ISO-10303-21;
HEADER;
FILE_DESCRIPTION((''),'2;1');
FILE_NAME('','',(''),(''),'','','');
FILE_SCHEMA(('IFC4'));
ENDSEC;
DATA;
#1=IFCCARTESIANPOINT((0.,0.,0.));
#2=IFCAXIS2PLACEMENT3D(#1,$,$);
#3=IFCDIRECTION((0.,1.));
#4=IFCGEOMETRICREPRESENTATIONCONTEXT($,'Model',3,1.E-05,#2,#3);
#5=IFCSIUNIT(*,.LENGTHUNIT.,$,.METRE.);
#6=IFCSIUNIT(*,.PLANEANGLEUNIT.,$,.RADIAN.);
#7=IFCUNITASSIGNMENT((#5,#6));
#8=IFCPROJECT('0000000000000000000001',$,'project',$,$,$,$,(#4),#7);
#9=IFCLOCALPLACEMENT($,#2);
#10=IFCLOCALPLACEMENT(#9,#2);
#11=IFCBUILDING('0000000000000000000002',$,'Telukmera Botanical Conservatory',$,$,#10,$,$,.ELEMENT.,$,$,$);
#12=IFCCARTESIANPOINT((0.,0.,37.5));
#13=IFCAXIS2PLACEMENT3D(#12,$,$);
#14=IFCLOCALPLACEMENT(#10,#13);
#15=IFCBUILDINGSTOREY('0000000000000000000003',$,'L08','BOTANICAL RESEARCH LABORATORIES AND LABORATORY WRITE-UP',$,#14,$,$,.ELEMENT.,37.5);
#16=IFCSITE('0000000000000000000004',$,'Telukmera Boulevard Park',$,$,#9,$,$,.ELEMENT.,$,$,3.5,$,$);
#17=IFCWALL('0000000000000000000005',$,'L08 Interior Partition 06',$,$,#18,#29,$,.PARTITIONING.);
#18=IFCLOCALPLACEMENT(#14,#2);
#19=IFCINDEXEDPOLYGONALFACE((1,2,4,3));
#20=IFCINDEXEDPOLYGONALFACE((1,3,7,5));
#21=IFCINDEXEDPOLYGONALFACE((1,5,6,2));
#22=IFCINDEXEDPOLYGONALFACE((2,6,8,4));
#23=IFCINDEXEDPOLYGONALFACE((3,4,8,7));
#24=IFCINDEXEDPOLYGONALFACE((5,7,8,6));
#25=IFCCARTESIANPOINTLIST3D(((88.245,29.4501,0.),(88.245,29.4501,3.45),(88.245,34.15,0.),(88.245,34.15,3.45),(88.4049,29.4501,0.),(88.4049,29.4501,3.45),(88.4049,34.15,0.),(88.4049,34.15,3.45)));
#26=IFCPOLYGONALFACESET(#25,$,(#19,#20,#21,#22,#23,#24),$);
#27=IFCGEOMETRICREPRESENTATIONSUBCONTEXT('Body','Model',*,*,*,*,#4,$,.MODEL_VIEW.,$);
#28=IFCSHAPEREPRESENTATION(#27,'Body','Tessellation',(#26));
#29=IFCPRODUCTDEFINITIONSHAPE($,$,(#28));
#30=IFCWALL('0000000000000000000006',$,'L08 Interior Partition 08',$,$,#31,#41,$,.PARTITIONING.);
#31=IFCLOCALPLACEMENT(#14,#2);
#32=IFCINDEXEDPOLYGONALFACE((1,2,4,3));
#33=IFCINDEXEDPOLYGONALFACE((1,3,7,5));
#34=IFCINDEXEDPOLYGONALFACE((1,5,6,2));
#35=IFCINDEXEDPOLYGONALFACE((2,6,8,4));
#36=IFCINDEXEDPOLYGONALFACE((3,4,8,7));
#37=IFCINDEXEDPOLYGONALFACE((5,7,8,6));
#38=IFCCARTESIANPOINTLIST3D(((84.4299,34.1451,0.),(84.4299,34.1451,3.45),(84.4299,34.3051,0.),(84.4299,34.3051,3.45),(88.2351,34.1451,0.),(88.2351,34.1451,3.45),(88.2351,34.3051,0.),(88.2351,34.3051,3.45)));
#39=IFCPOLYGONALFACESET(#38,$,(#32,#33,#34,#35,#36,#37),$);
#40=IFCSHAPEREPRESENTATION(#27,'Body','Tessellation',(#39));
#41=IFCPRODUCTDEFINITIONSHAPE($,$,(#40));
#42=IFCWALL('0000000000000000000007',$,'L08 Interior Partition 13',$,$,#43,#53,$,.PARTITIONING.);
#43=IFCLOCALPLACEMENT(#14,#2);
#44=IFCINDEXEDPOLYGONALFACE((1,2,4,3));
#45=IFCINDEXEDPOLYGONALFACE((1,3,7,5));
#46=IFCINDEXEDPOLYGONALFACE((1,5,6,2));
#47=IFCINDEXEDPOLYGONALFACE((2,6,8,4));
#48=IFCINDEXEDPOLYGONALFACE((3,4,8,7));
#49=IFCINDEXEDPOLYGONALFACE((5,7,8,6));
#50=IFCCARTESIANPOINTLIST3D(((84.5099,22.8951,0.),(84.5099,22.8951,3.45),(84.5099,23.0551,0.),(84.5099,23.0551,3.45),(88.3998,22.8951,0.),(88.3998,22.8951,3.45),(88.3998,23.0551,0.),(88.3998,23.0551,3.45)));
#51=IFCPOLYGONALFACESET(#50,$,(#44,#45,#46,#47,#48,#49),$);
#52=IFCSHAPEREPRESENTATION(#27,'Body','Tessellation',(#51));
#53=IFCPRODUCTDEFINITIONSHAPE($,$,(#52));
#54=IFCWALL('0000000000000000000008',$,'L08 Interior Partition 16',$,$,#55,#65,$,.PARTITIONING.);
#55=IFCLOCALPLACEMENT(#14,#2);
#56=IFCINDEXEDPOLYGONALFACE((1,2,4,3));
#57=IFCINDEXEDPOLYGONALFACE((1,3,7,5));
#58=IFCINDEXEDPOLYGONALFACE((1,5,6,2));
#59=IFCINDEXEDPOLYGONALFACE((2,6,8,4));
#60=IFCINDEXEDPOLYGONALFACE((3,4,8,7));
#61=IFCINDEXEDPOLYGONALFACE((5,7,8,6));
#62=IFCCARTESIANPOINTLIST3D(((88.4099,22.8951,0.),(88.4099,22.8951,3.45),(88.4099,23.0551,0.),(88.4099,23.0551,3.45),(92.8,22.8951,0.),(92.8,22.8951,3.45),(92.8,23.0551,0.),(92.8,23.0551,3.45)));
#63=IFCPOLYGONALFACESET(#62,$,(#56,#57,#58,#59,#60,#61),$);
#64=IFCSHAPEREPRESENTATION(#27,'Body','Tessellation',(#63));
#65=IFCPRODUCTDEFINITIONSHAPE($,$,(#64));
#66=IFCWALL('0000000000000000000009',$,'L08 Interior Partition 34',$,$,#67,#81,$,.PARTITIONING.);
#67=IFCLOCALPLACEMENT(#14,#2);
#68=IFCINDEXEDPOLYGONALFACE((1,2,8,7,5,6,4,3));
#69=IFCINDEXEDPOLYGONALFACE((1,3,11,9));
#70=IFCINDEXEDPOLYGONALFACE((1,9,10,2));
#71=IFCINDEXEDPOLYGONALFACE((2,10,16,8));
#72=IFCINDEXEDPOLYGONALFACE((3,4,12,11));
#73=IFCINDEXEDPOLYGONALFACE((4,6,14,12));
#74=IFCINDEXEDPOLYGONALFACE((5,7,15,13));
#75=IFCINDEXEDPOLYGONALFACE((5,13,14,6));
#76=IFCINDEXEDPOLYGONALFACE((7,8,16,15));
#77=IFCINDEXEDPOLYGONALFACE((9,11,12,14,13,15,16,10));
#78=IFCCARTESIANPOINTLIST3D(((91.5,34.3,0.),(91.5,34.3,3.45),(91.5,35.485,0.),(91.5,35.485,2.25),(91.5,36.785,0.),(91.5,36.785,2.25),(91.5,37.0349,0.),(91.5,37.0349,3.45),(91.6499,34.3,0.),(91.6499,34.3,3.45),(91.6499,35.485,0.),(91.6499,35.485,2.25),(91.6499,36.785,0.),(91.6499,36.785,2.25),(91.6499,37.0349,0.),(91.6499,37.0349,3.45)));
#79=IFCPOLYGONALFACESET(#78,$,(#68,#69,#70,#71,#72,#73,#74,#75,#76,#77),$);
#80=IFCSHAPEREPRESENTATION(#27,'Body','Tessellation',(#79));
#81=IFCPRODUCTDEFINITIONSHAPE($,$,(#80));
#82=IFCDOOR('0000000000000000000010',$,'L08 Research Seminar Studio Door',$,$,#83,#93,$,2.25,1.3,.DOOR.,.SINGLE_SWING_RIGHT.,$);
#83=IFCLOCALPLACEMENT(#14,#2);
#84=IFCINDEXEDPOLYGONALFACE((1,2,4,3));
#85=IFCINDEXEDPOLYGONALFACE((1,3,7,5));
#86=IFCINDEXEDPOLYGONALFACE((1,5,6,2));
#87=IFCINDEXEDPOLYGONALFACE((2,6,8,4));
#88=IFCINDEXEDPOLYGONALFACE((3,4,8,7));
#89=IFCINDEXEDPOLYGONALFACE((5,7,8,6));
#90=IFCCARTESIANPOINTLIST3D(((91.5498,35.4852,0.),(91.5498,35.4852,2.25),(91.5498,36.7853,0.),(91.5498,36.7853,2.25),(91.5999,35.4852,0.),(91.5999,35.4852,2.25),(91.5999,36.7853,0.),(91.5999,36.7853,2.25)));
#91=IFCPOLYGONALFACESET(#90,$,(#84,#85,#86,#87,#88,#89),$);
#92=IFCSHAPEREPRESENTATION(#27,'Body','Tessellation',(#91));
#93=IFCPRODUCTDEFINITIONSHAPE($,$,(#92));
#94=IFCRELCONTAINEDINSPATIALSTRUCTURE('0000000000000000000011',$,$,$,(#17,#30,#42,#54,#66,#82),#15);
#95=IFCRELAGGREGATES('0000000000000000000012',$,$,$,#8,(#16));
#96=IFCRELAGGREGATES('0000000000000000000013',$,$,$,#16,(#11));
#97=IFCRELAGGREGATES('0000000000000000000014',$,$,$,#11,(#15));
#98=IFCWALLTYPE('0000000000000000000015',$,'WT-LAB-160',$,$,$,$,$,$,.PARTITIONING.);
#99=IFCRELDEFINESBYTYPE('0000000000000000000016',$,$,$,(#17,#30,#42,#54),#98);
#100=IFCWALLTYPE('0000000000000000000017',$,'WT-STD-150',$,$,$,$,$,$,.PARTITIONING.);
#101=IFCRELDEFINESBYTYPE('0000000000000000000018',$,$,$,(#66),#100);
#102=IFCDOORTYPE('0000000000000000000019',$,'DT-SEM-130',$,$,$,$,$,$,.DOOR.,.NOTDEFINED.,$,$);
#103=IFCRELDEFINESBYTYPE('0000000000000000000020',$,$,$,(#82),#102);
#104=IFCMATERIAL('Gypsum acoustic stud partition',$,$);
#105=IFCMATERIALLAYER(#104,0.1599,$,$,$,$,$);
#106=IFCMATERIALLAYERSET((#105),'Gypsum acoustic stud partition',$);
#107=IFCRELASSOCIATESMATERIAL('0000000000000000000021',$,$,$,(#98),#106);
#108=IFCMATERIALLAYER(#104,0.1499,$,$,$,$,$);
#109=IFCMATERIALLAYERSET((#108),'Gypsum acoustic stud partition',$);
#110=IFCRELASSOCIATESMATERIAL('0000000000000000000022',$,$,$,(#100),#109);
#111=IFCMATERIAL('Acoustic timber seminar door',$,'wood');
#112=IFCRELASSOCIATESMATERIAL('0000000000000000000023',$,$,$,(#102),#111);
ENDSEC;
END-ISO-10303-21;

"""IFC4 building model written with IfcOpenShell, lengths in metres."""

from ifc_helpers import new_model, si_unit, direction, frame, frame_2d, origin, place, context, subcontext, project, spatial, rectangle, extrude, material, layer, layer_set, type_object, element, fill, save


model = new_model("IFC4")

# Units and contexts
model_context = context("Model", 3, precision=1e-05, world=origin(), true_north=direction((0.0, 1.0)))
body_context = subcontext(model_context, "Body", "Model", "MODEL_VIEW")
ifc_project = project(units=[si_unit("LENGTHUNIT", "METRE"), si_unit("PLANEANGLEUNIT", "RADIAN")], contexts=[model_context])

# Site, building, storey
site_placement = place(None, origin())
site = spatial("IfcSite", under=ifc_project, at=site_placement, Name="Telukmera Boulevard Park", CompositionType="ELEMENT", RefElevation=3.5)
building_placement = place(site_placement, origin())
building = spatial("IfcBuilding", under=site, at=building_placement, Name="Telukmera Botanical Conservatory", CompositionType="ELEMENT")
storey_placement = place(building_placement, frame((0.0, 0.0, 37.5)))
storey = spatial("IfcBuildingStorey", under=building, at=storey_placement, Name="L08", Description="BOTANICAL RESEARCH LABORATORIES AND LABORATORY WRITE-UP", CompositionType="ELEMENT", Elevation=37.5)

# Walls
ifc_material_1 = material(Name="Gypsum acoustic stud partition")
ifc_layer_1 = layer(ifc_material_1, 0.1599)
ifc_layer_set_1 = layer_set([ifc_layer_1], Name="Gypsum acoustic stud partition")
wall_type_1 = type_object("IfcWallType", Name="WT-LAB-160", PredefinedType="PARTITIONING", material=ifc_layer_set_1)
wall_1_placement = place(storey_placement, frame((88.325, 29.45, 0.0), z_axis=(0.0, 0.0, 1.0), x_axis=(0.0, 1.0, 0.0)))
element("IfcWall", 1, at=wall_1_placement, inside=storey, type_object=wall_type_1, Name="L08 Interior Partition 06", PredefinedType="PARTITIONING", context=body_context, shape_type="SweptSolid", body=[
    extrude(rectangle(XDim=4.7, YDim=0.1599, at=frame_2d((2.3501, 0.0))), origin(), (0.0, 0.0, 1.0), 3.45),
])
wall_2_placement = place(storey_placement, frame((84.4299, 34.2251, 0.0), z_axis=(0.0, 0.0, 1.0), x_axis=(1.0, 0.0, 0.0)))
element("IfcWall", 2, at=wall_2_placement, inside=storey, type_object=wall_type_1, Name="L08 Interior Partition 08", PredefinedType="PARTITIONING", context=body_context, shape_type="SweptSolid", body=[
    extrude(rectangle(XDim=3.8052, YDim=0.1599, at=frame_2d((1.9026, 0.0))), origin(), (0.0, 0.0, 1.0), 3.45),
])
wall_3_placement = place(storey_placement, frame((84.51, 22.9751, 0.0), z_axis=(0.0, 0.0, 1.0), x_axis=(1.0, 0.0, 0.0)))
element("IfcWall", 3, at=wall_3_placement, inside=storey, type_object=wall_type_1, Name="L08 Interior Partition 13", PredefinedType="PARTITIONING", context=body_context, shape_type="SweptSolid", body=[
    extrude(rectangle(XDim=3.8899, YDim=0.1599, at=frame_2d((1.9448, 0.0))), origin(), (0.0, 0.0, 1.0), 3.45),
])
wall_4_placement = place(storey_placement, frame((88.4099, 22.9751, 0.0), z_axis=(0.0, 0.0, 1.0), x_axis=(1.0, 0.0, 0.0)))
element("IfcWall", 4, at=wall_4_placement, inside=storey, type_object=wall_type_1, Name="L08 Interior Partition 16", PredefinedType="PARTITIONING", context=body_context, shape_type="SweptSolid", body=[
    extrude(rectangle(XDim=4.3901, YDim=0.1599, at=frame_2d((2.1951, 0.0))), origin(), (0.0, 0.0, 1.0), 3.45),
])

# Wall, opening, door
ifc_layer_2 = layer(ifc_material_1, 0.1499)
ifc_layer_set_2 = layer_set([ifc_layer_2], Name="Gypsum acoustic stud partition")
wall_type_2 = type_object("IfcWallType", Name="WT-STD-150", PredefinedType="PARTITIONING", material=ifc_layer_set_2)
wall_5_placement = place(storey_placement, frame((91.575, 34.3, 0.0), z_axis=(0.0, 0.0, 1.0), x_axis=(0.0, 1.0, 0.0)))
wall_5 = element("IfcWall", 5, at=wall_5_placement, inside=storey, type_object=wall_type_2, Name="L08 Interior Partition 34", PredefinedType="PARTITIONING", context=body_context, shape_type="SweptSolid", body=[
    extrude(rectangle(XDim=2.7349, YDim=0.1499, at=frame_2d((1.3674, 0.0))), origin(), (0.0, 0.0, 1.0), 3.45),
])
opening_1_placement = place(wall_5_placement, frame((1.1851, 0.0, 0.0)))
opening_1 = element("IfcOpeningElement", 6, at=opening_1_placement, cuts=wall_5, PredefinedType="OPENING", context=body_context, shape_type="SweptSolid", body=[
    extrude(rectangle(XDim=1.3, YDim=2.25, at=frame_2d((0.6499, 1.125))), frame((0.0, 0.085, 0.0), z_axis=(0.0, -1.0, 0.0), x_axis=(1.0, 0.0, 0.0)), (0.0, 0.0, 1.0), 0.1699),
])
ifc_material_2 = material(Name="Acoustic timber seminar door", Category="wood")
door_type_1 = type_object("IfcDoorType", Name="DT-SEM-130", OperationType="NOTDEFINED", PredefinedType="DOOR", material=ifc_material_2)
door_1_placement = place(opening_1_placement, frame((1.3, 0.0, 0.0), z_axis=(0.0, 0.0, 1.0), x_axis=(-1.0, 0.0, 0.0)))
door_1 = element("IfcDoor", 7, at=door_1_placement, inside=storey, type_object=door_type_1, Name="L08 Research Seminar Studio Door", OperationType="SINGLE_SWING_RIGHT", OverallHeight=2.25, OverallWidth=1.3, PredefinedType="DOOR", context=body_context, shape_type="SweptSolid", body=[
    extrude(rectangle(XDim=1.3, YDim=2.25, at=frame_2d((0.6499, 1.125))), frame((0.0, 0.0249, 0.0), z_axis=(0.0, -1.0, 0.0), x_axis=(1.0, 0.0, 0.0)), (0.0, 0.0, 1.0), 0.05),
])
fill(opening_1, door_1)

save(model, "model.ifc")
